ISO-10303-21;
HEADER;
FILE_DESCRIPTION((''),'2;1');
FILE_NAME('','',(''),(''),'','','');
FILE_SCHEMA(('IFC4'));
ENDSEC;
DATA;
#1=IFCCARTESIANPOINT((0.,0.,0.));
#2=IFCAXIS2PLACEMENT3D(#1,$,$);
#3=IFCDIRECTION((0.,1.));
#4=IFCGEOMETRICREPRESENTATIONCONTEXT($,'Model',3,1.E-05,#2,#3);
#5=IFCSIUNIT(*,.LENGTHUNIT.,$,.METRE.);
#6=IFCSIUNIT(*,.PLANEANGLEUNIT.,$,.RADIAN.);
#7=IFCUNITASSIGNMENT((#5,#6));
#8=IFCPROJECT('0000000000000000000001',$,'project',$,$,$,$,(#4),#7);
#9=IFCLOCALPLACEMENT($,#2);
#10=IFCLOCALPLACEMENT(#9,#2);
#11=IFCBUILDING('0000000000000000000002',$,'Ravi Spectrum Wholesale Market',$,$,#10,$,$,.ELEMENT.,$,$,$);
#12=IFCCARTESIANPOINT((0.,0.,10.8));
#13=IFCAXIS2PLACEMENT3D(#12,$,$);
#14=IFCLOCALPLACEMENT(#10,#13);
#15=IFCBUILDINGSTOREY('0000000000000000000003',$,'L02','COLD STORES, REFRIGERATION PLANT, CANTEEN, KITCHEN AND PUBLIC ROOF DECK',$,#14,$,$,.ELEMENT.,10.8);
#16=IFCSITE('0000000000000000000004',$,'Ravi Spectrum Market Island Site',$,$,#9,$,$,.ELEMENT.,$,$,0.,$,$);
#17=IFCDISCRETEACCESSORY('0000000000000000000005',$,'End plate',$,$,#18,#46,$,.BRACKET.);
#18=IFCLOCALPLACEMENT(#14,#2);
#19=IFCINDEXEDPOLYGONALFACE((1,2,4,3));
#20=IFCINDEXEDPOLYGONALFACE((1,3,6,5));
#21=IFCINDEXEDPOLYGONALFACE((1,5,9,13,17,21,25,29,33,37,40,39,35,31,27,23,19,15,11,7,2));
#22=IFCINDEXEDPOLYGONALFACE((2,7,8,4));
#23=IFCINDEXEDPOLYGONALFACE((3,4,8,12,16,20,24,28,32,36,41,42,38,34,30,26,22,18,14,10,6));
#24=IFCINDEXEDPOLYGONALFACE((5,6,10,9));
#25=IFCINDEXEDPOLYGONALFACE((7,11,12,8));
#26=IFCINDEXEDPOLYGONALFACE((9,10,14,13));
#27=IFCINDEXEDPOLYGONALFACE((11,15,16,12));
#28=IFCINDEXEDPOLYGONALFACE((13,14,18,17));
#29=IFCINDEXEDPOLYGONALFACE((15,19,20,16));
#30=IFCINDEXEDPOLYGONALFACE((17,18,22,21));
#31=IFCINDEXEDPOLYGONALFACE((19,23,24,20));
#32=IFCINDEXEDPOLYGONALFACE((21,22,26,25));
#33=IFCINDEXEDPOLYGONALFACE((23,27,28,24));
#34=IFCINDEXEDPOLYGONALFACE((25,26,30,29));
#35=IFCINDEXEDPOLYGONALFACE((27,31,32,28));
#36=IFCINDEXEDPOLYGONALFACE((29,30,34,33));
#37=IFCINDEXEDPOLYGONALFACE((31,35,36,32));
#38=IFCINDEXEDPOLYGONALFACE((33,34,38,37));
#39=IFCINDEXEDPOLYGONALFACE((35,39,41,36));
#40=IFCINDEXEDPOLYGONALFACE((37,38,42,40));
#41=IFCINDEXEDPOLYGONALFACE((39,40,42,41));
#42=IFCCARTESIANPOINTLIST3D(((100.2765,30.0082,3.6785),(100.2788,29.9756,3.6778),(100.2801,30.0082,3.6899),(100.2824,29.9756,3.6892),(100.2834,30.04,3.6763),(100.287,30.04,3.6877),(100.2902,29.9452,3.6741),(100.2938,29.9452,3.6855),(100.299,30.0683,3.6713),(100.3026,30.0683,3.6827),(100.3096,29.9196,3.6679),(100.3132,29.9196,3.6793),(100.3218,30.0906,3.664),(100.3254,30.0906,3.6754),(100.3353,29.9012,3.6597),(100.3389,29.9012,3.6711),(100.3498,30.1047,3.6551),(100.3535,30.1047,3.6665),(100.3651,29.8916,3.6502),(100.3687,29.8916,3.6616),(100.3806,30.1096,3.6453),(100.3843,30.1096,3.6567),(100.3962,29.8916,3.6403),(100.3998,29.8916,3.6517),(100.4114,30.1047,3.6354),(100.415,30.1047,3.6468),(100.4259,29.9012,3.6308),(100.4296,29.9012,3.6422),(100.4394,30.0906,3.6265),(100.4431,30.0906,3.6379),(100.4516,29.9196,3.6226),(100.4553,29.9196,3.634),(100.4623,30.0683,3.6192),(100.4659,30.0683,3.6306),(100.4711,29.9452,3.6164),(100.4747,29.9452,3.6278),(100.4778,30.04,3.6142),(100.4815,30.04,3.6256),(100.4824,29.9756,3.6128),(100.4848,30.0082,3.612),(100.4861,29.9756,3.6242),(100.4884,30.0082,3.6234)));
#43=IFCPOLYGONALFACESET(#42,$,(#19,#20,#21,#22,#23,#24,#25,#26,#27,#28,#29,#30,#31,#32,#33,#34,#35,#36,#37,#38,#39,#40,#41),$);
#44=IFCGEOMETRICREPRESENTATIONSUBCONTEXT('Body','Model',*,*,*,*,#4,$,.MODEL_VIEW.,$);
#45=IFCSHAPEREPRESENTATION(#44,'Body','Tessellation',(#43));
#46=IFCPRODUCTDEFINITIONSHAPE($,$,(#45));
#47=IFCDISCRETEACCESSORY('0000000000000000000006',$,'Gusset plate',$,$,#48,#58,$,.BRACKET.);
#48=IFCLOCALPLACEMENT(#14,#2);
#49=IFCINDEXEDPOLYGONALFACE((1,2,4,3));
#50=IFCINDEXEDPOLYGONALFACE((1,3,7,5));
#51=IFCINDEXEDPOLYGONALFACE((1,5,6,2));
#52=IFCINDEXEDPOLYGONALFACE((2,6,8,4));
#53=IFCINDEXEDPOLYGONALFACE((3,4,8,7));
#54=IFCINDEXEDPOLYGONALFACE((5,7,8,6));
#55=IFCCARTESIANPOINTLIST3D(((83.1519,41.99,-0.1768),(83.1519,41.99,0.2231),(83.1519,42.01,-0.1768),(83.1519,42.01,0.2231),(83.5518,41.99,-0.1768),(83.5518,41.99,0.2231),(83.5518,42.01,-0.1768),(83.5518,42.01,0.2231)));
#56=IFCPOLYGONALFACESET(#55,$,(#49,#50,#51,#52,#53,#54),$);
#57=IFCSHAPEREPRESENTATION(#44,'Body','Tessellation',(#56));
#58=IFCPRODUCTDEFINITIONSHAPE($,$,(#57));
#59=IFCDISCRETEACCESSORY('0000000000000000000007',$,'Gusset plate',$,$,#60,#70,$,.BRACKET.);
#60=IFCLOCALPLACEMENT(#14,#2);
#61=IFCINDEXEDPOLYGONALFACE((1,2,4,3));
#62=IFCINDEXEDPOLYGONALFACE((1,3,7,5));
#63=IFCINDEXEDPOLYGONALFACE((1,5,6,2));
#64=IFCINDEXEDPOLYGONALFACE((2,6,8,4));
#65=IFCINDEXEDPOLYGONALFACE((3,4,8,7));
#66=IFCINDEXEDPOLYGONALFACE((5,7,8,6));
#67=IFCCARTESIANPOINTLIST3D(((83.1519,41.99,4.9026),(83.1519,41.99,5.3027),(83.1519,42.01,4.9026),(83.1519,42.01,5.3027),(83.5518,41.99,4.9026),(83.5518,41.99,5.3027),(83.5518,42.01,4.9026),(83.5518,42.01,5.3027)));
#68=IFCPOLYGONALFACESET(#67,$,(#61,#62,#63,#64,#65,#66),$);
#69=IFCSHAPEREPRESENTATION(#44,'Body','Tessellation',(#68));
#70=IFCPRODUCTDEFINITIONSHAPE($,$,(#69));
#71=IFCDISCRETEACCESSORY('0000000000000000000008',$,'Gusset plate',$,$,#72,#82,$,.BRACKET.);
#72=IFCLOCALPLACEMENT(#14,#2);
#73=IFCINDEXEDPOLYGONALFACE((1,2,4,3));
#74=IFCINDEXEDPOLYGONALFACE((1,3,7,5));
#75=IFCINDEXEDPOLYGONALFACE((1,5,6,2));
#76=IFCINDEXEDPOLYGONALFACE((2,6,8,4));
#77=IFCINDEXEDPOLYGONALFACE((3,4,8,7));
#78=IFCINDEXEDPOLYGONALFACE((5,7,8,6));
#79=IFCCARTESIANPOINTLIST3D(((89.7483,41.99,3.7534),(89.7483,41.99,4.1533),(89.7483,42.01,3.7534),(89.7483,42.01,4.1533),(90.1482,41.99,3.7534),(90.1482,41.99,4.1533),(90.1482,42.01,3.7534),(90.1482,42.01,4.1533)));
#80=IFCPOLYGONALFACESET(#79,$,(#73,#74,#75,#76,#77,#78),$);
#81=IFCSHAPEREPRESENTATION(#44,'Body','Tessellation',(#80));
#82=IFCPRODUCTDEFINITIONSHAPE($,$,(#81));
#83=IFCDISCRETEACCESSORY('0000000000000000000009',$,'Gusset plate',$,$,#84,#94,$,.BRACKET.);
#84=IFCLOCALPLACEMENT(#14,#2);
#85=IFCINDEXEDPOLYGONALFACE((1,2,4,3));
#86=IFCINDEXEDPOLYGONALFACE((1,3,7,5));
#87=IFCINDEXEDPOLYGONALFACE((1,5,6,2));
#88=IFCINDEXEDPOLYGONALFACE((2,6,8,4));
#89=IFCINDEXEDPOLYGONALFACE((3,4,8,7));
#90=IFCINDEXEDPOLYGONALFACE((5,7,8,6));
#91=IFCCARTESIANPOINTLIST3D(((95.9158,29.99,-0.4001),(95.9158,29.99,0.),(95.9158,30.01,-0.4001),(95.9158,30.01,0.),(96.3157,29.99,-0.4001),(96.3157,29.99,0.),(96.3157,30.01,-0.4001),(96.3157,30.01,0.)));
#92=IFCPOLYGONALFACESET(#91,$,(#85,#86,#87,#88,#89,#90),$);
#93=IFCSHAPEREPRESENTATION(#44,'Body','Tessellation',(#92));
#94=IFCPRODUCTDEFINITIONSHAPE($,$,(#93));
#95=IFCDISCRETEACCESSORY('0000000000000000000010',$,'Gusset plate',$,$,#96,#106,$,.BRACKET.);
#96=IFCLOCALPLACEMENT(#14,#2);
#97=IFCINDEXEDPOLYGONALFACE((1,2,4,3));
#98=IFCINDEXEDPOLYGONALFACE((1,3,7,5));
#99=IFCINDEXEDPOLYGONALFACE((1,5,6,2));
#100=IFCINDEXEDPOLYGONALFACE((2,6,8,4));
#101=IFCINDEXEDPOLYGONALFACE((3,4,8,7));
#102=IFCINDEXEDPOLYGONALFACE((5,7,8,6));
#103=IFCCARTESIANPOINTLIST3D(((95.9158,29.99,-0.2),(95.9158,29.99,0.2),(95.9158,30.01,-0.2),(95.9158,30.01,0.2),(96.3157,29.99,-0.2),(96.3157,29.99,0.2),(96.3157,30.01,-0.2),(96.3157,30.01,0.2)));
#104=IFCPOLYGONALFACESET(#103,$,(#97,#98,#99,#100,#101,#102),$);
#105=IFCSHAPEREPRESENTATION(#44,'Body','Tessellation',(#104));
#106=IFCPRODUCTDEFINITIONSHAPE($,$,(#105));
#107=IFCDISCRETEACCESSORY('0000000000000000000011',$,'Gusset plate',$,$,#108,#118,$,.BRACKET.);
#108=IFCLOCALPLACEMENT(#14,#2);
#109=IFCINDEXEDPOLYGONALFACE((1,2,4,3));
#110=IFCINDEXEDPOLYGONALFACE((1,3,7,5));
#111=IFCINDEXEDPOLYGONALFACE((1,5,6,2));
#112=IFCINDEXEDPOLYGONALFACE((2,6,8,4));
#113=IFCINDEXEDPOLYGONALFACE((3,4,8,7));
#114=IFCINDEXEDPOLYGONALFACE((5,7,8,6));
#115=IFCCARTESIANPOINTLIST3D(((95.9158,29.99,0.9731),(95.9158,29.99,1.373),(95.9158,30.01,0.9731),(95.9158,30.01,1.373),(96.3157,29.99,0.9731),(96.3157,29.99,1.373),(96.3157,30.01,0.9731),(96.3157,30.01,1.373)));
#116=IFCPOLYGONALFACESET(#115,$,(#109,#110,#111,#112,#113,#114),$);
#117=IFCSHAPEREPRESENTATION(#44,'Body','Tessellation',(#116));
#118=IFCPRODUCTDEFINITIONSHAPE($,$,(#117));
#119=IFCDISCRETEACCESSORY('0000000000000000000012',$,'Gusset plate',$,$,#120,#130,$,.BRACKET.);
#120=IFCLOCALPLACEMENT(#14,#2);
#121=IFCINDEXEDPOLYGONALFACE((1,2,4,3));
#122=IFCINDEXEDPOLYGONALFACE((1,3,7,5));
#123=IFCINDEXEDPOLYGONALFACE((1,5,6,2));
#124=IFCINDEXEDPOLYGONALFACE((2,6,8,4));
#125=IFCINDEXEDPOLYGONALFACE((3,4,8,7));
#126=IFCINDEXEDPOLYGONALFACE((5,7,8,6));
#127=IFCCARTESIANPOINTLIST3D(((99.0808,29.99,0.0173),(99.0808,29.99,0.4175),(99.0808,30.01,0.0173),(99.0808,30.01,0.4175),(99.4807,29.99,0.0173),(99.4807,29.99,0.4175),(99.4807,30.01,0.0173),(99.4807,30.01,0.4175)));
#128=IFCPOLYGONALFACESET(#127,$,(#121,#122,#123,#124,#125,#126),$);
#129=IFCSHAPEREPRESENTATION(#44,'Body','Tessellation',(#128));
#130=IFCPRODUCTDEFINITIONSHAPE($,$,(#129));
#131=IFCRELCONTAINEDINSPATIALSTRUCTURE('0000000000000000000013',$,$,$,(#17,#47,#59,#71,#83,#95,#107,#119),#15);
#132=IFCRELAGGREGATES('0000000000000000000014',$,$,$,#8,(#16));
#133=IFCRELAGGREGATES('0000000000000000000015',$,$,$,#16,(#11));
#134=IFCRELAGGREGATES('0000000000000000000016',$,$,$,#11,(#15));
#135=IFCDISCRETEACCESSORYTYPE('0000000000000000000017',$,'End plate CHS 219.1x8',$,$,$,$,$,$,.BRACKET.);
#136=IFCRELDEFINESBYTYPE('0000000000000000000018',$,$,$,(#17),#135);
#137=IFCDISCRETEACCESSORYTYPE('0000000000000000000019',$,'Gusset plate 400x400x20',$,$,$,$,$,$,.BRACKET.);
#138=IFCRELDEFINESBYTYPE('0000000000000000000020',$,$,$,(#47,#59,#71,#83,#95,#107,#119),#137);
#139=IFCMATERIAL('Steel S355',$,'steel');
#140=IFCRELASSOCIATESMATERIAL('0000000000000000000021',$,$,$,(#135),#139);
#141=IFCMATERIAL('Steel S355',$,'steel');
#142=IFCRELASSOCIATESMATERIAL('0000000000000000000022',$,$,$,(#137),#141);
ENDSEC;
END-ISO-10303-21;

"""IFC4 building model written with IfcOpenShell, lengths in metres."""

from ifc_helpers import new_model, si_unit, direction, frame, origin, origin_2d, place, context, subcontext, project, spatial, rectangle, circle, extrude, material, material_profile, profile_set, type_object, element, save


model = new_model("IFC4")

# Units and contexts
model_context = context("Model", 3, precision=1e-05, world=origin(), true_north=direction((0.0, 1.0)))
body_context = subcontext(model_context, "Body", "Model", "MODEL_VIEW")
ifc_project = project(units=[si_unit("LENGTHUNIT", "METRE"), si_unit("PLANEANGLEUNIT", "RADIAN")], contexts=[model_context])

# Site, building, storey
site_placement = place(None, origin())
site = spatial("IfcSite", under=ifc_project, at=site_placement, Name="Ravi Spectrum Market Island Site", CompositionType="ELEMENT", RefElevation=0.0)
building_placement = place(site_placement, origin())
building = spatial("IfcBuilding", under=site, at=building_placement, Name="Ravi Spectrum Wholesale Market", CompositionType="ELEMENT")
storey_placement = place(building_placement, frame((0.0, 0.0, 10.8)))
storey = spatial("IfcBuildingStorey", under=building, at=storey_placement, Name="L02", Description="COLD STORES, REFRIGERATION PLANT, CANTEEN, KITCHEN AND PUBLIC ROOF DECK", CompositionType="ELEMENT", Elevation=10.8)

# Discrete accessories
ifc_material_1 = material(Name="Steel S355", Category="steel")
ifc_material_profile_1 = material_profile(ifc_material_1, circle(Radius=0.1096, at=origin_2d()))
ifc_profile_set_1 = profile_set([ifc_material_profile_1], Name="Steel S355")
discrete_accessory_type_1 = type_object("IfcDiscreteAccessoryType", Name="End plate CHS 219.1x8", PredefinedType="BRACKET", material=ifc_profile_set_1)
discrete_accessory_1_placement = place(storey_placement, frame((100.3806, 30.0, 3.6453), z_axis=(0.30404, 0.0, 0.952659), x_axis=(0.0, 1.0, 0.0)))
element("IfcDiscreteAccessory", 1, at=discrete_accessory_1_placement, inside=storey, type_object=discrete_accessory_type_1, Name="End plate", PredefinedType="BRACKET", context=body_context, shape_type="SweptSolid", body=[
    extrude(circle(Radius=0.1096, at=origin_2d()), origin(), (0.0, 0.0, 1.0), 0.012),
])
ifc_material_2 = material(Name="Steel S355", Category="steel")
ifc_material_profile_2 = material_profile(ifc_material_2, rectangle(XDim=0.3999, YDim=0.02, at=origin_2d()))
ifc_profile_set_2 = profile_set([ifc_material_profile_2], Name="Steel S355")
discrete_accessory_type_2 = type_object("IfcDiscreteAccessoryType", Name="Gusset plate 400x400x20", PredefinedType="BRACKET", material=ifc_profile_set_2)
discrete_accessory_2_placement = place(storey_placement, frame((83.3518, 42.0, -0.1768), z_axis=(0.0, 0.0, 1.0), x_axis=(1.0, 0.0, 0.0)))
element("IfcDiscreteAccessory", 2, at=discrete_accessory_2_placement, inside=storey, type_object=discrete_accessory_type_2, Name="Gusset plate", PredefinedType="BRACKET", context=body_context, shape_type="SweptSolid", body=[
    extrude(rectangle(XDim=0.3999, YDim=0.02, at=origin_2d()), origin(), (0.0, 0.0, 1.0), 0.3999),
])
discrete_accessory_3_placement = place(storey_placement, frame((83.3518, 42.0, 4.9026), z_axis=(0.0, 0.0, 1.0), x_axis=(-1.0, 0.0, 0.0)))
element("IfcDiscreteAccessory", 3, at=discrete_accessory_3_placement, inside=storey, type_object=discrete_accessory_type_2, Name="Gusset plate", PredefinedType="BRACKET", context=body_context, shape_type="SweptSolid", body=[
    extrude(rectangle(XDim=0.3999, YDim=0.02, at=origin_2d()), origin(), (0.0, 0.0, 1.0), 0.4001),
])
discrete_accessory_4_placement = place(storey_placement, frame((89.9482, 42.0, 3.7534), z_axis=(0.0, 0.0, 1.0), x_axis=(-1.0, 0.0, 0.0)))
element("IfcDiscreteAccessory", 4, at=discrete_accessory_4_placement, inside=storey, type_object=discrete_accessory_type_2, Name="Gusset plate", PredefinedType="BRACKET", context=body_context, shape_type="SweptSolid", body=[
    extrude(rectangle(XDim=0.3999, YDim=0.02, at=origin_2d()), origin(), (0.0, 0.0, 1.0), 0.3999),
])
discrete_accessory_5_placement = place(storey_placement, frame((96.1157, 30.0, -0.4001), z_axis=(0.0, 0.0, 1.0), x_axis=(1.0, 0.0, 0.0)))
element("IfcDiscreteAccessory", 5, at=discrete_accessory_5_placement, inside=storey, type_object=discrete_accessory_type_2, Name="Gusset plate", PredefinedType="BRACKET", context=body_context, shape_type="SweptSolid", body=[
    extrude(rectangle(XDim=0.3999, YDim=0.02, at=origin_2d()), origin(), (0.0, 0.0, 1.0), 0.4001),
])
for number, where, z_axis, x_axis, name in (
    (6, (96.1157, 30.0, -0.2), (0.0, 0.0, 1.0), (1.0, 0.0, 0.0), "Gusset plate"),
    (7, (96.1157, 30.0, 0.9731), (0.0, 0.0, 1.0), (-1.0, 0.0, 0.0), "Gusset plate"),
):
    element("IfcDiscreteAccessory", number, at=place(storey_placement, frame(where, z_axis=z_axis, x_axis=x_axis)), inside=storey, type_object=discrete_accessory_type_2, Name=name, PredefinedType="BRACKET", context=body_context, shape_type="SweptSolid", body=[
        extrude(rectangle(XDim=0.3999, YDim=0.02, at=origin_2d()), origin(), (0.0, 0.0, 1.0), 0.3999),
    ])
discrete_accessory_6_placement = place(storey_placement, frame((99.2808, 30.0, 0.0173), z_axis=(0.0, 0.0, 1.0), x_axis=(-1.0, 0.0, 0.0)))
element("IfcDiscreteAccessory", 8, at=discrete_accessory_6_placement, inside=storey, type_object=discrete_accessory_type_2, Name="Gusset plate", PredefinedType="BRACKET", context=body_context, shape_type="SweptSolid", body=[
    extrude(rectangle(XDim=0.3999, YDim=0.02, at=origin_2d()), origin(), (0.0, 0.0, 1.0), 0.4001),
])

save(model, "model.ifc")
